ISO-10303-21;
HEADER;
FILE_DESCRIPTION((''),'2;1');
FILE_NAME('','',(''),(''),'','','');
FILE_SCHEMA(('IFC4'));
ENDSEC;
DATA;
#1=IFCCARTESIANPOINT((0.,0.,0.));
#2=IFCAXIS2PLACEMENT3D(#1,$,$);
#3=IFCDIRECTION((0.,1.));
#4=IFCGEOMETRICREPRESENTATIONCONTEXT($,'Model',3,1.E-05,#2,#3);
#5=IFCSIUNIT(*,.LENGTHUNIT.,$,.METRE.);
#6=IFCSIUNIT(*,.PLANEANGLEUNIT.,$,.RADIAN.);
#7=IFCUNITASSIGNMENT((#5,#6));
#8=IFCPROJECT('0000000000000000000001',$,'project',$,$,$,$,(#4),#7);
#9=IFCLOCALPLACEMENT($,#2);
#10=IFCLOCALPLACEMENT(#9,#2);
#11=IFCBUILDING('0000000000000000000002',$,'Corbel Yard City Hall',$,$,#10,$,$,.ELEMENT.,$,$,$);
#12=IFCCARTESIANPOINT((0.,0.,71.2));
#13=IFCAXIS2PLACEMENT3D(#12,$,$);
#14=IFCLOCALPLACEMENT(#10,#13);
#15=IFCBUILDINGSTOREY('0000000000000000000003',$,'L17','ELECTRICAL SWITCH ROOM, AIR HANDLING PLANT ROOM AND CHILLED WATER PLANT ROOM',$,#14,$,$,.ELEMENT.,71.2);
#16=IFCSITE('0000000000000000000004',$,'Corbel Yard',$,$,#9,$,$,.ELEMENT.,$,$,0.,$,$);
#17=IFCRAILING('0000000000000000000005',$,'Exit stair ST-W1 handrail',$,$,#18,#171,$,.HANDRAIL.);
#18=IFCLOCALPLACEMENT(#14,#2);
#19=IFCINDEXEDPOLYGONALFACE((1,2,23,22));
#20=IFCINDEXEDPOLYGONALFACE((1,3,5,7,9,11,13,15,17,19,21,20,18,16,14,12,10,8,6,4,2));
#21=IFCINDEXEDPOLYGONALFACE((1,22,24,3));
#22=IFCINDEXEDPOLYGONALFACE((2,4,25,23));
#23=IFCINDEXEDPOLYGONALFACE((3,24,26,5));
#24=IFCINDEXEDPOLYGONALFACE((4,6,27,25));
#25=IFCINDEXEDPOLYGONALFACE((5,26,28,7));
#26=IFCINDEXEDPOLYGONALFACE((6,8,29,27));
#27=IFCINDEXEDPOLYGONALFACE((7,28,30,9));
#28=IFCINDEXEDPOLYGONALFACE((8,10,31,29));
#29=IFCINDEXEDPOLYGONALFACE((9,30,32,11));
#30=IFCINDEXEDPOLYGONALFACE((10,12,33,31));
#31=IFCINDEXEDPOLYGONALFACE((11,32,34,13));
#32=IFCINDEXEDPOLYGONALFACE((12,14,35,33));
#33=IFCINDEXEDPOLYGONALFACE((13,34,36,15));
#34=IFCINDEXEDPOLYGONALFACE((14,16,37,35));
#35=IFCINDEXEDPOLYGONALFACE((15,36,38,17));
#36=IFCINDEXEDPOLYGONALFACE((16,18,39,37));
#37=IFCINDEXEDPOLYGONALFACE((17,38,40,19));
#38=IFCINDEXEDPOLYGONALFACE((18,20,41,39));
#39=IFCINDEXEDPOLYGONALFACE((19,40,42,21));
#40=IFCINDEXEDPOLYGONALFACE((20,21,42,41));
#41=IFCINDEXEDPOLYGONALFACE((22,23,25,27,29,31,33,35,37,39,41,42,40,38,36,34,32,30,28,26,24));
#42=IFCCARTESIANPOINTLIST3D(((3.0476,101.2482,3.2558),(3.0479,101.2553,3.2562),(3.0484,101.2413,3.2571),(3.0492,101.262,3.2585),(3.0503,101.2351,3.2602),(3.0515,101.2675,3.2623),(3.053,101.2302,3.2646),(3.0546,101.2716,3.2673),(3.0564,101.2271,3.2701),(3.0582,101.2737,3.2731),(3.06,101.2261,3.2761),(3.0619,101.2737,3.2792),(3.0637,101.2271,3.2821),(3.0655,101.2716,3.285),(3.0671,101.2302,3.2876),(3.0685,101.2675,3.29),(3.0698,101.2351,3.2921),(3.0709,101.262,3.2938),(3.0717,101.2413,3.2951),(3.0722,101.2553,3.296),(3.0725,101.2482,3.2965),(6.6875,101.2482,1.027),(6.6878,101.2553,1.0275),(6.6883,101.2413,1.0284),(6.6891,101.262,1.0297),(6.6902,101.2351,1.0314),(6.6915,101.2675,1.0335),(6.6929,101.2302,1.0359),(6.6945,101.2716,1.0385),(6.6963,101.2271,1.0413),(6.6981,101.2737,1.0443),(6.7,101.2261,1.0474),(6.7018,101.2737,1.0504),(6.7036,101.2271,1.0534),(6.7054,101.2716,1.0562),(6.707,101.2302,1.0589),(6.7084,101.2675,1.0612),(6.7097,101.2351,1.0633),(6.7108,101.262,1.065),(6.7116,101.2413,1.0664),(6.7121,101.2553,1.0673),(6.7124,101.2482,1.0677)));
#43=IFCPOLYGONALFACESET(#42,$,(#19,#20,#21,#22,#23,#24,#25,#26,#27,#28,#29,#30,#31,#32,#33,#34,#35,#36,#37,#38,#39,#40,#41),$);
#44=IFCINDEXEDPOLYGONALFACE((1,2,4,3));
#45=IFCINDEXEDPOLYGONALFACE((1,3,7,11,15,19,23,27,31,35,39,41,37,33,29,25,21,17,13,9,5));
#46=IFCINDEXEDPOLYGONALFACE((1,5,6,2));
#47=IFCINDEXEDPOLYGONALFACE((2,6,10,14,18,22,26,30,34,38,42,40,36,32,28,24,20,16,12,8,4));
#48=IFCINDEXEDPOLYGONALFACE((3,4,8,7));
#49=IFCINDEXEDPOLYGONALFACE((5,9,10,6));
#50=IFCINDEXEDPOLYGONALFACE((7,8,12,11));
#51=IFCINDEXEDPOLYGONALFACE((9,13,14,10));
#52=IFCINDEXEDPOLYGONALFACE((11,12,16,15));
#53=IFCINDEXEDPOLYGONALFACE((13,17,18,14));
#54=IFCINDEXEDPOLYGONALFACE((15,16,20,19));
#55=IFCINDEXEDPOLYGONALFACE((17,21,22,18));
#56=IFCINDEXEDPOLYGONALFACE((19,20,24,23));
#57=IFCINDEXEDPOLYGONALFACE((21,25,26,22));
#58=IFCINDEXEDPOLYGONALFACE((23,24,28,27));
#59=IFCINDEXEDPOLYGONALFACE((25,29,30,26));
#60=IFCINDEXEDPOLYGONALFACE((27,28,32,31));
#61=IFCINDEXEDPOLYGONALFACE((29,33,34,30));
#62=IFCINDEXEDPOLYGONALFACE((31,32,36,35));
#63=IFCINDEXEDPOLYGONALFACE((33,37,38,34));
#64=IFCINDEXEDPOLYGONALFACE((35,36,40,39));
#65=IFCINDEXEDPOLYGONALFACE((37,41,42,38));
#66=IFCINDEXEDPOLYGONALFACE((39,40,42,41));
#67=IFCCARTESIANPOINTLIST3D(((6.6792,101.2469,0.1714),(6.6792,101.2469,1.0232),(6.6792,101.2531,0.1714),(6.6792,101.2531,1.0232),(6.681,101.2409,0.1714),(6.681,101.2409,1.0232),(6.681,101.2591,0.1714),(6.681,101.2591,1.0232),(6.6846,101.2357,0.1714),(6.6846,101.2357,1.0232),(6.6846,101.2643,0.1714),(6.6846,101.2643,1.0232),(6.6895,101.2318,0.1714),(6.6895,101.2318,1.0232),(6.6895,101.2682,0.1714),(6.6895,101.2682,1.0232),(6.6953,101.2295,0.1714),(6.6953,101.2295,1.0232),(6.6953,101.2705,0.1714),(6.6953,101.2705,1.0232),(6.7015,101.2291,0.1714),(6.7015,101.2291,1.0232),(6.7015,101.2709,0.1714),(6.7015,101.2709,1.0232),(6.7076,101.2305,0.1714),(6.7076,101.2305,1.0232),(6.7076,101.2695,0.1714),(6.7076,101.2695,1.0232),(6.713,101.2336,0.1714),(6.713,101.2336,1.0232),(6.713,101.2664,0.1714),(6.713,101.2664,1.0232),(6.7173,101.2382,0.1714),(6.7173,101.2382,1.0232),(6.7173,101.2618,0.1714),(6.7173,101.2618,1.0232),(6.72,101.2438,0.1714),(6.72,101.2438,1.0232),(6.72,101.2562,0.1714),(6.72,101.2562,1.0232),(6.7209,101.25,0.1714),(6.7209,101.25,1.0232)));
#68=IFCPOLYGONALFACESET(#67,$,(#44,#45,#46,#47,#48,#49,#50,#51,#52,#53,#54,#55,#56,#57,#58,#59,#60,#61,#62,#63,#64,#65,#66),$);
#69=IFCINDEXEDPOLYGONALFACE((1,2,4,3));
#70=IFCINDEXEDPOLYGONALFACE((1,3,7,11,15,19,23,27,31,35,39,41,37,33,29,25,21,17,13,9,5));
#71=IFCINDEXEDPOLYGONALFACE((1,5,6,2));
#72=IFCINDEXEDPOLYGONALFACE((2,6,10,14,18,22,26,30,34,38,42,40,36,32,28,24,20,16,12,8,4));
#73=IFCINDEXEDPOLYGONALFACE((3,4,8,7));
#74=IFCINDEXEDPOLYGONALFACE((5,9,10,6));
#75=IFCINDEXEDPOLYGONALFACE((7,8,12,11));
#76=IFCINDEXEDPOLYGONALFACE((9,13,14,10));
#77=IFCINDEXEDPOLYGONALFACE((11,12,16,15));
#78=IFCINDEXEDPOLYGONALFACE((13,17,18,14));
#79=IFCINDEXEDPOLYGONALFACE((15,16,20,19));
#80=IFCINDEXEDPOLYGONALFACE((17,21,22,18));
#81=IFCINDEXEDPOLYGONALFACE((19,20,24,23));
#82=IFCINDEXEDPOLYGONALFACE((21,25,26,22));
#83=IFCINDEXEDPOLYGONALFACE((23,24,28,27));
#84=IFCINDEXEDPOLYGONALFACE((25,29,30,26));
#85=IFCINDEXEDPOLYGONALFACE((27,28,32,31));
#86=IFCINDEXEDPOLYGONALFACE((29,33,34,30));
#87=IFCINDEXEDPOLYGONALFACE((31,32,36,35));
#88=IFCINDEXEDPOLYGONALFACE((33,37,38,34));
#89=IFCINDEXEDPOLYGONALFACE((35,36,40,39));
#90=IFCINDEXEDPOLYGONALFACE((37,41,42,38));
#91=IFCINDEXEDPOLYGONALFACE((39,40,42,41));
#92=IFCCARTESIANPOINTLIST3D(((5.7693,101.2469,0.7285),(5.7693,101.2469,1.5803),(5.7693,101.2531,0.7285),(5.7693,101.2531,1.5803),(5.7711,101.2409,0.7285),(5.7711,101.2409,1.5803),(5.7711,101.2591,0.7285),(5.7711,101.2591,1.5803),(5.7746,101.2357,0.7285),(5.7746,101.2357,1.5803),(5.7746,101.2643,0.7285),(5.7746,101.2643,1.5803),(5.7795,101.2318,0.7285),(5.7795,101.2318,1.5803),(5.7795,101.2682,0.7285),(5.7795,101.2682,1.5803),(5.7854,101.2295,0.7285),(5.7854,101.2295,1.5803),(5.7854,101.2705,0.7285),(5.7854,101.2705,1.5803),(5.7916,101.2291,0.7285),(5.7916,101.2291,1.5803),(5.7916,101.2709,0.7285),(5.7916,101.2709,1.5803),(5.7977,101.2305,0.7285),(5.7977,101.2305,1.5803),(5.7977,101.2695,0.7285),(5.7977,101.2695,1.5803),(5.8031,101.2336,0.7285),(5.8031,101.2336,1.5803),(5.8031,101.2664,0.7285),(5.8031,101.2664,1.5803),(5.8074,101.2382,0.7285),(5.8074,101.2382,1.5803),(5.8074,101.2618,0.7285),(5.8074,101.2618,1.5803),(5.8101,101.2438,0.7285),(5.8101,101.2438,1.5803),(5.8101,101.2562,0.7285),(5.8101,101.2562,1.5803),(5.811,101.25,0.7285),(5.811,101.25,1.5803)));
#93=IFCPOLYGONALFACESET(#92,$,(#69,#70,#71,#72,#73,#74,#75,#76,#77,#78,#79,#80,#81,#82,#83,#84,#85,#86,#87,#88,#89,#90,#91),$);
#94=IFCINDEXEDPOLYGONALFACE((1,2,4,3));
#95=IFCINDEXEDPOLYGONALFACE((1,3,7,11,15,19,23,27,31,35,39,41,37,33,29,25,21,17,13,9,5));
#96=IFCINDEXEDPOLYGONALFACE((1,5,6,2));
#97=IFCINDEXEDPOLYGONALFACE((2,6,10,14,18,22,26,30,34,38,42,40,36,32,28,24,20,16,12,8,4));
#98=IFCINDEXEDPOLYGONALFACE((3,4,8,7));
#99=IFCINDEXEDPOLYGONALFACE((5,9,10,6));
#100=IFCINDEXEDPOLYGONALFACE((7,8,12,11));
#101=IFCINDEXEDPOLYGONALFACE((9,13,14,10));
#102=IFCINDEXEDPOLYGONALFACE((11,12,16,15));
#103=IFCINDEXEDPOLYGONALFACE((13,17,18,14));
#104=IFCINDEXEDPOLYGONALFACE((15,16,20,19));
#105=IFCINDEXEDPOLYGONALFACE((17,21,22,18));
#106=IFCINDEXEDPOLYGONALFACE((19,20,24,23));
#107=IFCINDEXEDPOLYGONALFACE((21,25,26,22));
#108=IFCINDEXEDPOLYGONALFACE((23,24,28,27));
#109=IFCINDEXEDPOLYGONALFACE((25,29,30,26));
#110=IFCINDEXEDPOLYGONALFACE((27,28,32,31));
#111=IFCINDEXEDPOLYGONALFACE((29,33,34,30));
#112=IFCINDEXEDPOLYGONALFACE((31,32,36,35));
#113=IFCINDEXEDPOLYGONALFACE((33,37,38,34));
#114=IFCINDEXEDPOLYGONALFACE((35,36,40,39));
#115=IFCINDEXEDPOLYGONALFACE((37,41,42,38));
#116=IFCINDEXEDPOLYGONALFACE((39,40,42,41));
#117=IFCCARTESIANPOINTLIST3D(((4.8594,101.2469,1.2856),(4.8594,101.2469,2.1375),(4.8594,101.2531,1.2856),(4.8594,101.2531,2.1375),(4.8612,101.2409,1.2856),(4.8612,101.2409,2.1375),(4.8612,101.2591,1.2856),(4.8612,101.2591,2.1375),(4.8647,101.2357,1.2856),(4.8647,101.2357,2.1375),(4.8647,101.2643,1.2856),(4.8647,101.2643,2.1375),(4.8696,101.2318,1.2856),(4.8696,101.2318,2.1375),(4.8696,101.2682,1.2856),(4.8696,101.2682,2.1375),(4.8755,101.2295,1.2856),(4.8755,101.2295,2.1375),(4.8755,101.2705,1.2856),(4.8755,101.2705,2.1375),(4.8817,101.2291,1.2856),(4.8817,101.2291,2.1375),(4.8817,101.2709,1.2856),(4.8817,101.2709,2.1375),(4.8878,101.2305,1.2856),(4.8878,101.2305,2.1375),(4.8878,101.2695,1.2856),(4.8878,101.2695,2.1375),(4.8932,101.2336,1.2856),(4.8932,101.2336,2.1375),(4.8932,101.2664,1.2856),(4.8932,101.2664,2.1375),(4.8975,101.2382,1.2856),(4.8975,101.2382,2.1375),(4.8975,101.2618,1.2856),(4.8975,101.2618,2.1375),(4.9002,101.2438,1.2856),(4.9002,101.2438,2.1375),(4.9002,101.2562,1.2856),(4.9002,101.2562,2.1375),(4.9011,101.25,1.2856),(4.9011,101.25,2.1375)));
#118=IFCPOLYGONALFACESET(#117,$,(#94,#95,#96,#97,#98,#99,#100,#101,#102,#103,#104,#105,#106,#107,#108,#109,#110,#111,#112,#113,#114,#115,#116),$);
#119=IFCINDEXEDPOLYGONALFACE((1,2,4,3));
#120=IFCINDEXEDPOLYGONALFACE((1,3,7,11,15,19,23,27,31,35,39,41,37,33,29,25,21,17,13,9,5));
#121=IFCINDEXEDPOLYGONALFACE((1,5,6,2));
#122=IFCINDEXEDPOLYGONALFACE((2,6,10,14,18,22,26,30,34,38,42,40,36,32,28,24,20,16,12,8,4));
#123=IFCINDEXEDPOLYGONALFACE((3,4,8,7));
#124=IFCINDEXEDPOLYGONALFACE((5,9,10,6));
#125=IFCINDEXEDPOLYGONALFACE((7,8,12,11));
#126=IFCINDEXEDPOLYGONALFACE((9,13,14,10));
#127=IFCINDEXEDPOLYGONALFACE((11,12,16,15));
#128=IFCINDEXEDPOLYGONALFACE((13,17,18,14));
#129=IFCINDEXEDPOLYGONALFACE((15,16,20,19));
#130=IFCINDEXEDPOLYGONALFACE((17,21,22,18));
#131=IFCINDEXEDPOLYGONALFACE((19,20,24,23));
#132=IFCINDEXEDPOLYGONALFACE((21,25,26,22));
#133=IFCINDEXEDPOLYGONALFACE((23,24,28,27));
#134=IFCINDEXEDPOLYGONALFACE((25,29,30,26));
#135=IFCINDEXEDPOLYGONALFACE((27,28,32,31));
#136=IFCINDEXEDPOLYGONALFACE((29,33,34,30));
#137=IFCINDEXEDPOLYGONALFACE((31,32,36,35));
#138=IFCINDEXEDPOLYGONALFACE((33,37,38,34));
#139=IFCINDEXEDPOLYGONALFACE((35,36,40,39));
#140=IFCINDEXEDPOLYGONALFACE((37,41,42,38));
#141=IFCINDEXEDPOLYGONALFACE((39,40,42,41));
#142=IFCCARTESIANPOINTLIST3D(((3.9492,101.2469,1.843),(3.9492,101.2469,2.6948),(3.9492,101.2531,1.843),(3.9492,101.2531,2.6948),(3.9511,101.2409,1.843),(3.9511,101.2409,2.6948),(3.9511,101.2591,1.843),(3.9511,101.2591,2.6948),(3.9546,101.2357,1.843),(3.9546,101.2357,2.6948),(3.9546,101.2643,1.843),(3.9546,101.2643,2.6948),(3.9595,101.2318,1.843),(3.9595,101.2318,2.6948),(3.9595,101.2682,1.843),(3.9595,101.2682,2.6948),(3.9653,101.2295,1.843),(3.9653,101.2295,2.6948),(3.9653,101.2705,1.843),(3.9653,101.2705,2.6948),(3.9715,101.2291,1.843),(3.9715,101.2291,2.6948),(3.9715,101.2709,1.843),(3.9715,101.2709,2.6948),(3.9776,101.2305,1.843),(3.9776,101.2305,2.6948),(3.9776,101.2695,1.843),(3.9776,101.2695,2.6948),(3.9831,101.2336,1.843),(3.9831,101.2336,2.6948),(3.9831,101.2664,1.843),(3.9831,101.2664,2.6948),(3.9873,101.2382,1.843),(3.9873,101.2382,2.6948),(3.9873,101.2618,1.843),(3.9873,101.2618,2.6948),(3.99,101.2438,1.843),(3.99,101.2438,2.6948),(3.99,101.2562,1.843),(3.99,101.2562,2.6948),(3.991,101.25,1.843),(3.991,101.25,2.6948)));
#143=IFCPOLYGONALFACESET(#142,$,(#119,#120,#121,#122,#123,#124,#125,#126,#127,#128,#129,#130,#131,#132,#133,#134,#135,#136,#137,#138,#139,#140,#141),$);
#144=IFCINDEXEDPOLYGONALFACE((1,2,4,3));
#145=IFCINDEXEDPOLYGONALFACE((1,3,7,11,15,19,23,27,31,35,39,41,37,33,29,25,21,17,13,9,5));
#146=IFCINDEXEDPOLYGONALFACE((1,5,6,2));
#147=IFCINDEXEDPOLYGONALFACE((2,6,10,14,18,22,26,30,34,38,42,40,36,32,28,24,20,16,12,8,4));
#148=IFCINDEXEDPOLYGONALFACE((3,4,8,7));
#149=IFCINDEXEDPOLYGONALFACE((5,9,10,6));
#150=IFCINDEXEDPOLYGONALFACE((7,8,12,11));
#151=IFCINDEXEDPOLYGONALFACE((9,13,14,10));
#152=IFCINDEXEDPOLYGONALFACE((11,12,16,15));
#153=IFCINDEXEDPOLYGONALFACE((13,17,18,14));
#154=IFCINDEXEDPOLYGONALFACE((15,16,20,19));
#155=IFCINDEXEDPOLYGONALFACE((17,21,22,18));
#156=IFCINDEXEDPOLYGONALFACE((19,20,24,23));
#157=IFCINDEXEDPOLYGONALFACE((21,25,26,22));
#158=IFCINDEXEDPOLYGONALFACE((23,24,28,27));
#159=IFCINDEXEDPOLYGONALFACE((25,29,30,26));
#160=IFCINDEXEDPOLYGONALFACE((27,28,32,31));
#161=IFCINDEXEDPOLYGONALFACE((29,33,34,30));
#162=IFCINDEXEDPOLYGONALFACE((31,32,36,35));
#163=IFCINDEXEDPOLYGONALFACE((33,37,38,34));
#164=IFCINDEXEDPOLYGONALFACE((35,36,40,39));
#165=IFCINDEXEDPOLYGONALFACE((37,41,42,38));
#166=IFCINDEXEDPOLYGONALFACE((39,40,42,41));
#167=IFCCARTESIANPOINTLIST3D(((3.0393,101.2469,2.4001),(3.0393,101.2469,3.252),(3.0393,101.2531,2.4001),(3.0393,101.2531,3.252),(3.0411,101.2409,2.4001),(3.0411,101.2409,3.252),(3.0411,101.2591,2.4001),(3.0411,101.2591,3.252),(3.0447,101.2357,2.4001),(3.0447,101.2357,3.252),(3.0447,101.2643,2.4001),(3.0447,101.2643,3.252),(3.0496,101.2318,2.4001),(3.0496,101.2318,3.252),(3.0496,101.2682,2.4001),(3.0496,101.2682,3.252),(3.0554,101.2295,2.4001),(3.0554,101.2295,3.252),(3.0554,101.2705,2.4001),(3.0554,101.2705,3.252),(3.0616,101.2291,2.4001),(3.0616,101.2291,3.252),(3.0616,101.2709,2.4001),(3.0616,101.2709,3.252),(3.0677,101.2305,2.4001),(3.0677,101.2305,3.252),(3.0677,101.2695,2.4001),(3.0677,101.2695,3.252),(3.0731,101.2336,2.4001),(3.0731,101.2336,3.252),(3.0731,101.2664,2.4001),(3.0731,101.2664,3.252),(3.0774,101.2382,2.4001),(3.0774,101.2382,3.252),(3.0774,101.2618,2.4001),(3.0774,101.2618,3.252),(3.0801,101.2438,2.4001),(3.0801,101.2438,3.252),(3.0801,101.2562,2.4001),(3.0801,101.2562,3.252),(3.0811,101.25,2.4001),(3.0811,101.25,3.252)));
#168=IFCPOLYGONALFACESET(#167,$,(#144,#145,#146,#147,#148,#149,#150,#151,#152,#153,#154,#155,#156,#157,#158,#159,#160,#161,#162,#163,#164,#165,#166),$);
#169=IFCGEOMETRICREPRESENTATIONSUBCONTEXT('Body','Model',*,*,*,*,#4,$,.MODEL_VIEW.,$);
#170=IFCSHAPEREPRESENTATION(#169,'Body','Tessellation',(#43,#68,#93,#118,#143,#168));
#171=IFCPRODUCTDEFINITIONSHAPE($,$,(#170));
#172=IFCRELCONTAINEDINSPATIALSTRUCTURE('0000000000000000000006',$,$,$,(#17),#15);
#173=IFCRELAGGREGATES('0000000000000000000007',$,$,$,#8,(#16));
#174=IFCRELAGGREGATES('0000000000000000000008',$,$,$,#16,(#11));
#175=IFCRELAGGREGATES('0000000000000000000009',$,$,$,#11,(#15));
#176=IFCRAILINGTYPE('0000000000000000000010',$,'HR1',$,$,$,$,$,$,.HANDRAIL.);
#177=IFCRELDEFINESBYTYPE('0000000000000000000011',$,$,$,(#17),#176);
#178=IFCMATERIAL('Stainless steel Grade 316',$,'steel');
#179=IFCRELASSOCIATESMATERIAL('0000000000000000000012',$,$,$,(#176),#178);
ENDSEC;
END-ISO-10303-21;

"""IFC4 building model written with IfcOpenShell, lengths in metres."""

from ifc_helpers import new_model, si_unit, direction, frame, origin, origin_2d, place, context, subcontext, project, spatial, circle, extrude, material, type_object, element, save


model = new_model("IFC4")

# Units and contexts
model_context = context("Model", 3, precision=1e-05, world=origin(), true_north=direction((0.0, 1.0)))
body_context = subcontext(model_context, "Body", "Model", "MODEL_VIEW")
ifc_project = project(units=[si_unit("LENGTHUNIT", "METRE"), si_unit("PLANEANGLEUNIT", "RADIAN")], contexts=[model_context])

# Site, building, storey
site_placement = place(None, origin())
site = spatial("IfcSite", under=ifc_project, at=site_placement, Name="Corbel Yard", CompositionType="ELEMENT", RefElevation=0.0)
building_placement = place(site_placement, origin())
building = spatial("IfcBuilding", under=site, at=building_placement, Name="Corbel Yard City Hall", CompositionType="ELEMENT")
storey_placement = place(building_placement, frame((0.0, 0.0, 71.2)))
storey = spatial("IfcBuildingStorey", under=building, at=storey_placement, Name="L17", Description="ELECTRICAL SWITCH ROOM, AIR HANDLING PLANT ROOM AND CHILLED WATER PLANT ROOM", CompositionType="ELEMENT", Elevation=71.2)

# Railing
ifc_material_1 = material(Name="Stainless steel Grade 316", Category="steel")
railing_type = type_object("IfcRailingType", Name="HR1", PredefinedType="HANDRAIL", material=ifc_material_1)
railing_1_placement = place(storey_placement, frame((6.7, 101.25, 0.1714)))
element("IfcRailing", 1, at=railing_1_placement, inside=storey, type_object=railing_type, Name="Exit stair ST-W1 handrail", PredefinedType="HANDRAIL", context=body_context, shape_type="SweptSolid", body=[
    extrude(circle(Radius=0.0239, at=origin_2d()), frame((0.0, 0.0, 0.876), z_axis=(-0.852825, 0.0, 0.522197), x_axis=(0.0, -1.0, 0.0)), (0.0, 0.0, 1.0), 4.2681),
    extrude(circle(Radius=0.021, at=origin_2d()), origin(), (0.0, 0.0, 1.0), 0.8518),
    extrude(circle(Radius=0.021, at=origin_2d()), frame((-0.9099, 0.0, 0.5571)), (0.0, 0.0, 1.0), 0.8518),
    extrude(circle(Radius=0.021, at=origin_2d()), frame((-1.8198, 0.0, 1.1143)), (0.0, 0.0, 1.0), 0.8518),
    extrude(circle(Radius=0.021, at=origin_2d()), frame((-2.73, 0.0, 1.6716)), (0.0, 0.0, 1.0), 0.8518),
    extrude(circle(Radius=0.021, at=origin_2d()), frame((-3.6399, 0.0, 2.2288)), (0.0, 0.0, 1.0), 0.8518),
])

save(model, "model.ifc")
